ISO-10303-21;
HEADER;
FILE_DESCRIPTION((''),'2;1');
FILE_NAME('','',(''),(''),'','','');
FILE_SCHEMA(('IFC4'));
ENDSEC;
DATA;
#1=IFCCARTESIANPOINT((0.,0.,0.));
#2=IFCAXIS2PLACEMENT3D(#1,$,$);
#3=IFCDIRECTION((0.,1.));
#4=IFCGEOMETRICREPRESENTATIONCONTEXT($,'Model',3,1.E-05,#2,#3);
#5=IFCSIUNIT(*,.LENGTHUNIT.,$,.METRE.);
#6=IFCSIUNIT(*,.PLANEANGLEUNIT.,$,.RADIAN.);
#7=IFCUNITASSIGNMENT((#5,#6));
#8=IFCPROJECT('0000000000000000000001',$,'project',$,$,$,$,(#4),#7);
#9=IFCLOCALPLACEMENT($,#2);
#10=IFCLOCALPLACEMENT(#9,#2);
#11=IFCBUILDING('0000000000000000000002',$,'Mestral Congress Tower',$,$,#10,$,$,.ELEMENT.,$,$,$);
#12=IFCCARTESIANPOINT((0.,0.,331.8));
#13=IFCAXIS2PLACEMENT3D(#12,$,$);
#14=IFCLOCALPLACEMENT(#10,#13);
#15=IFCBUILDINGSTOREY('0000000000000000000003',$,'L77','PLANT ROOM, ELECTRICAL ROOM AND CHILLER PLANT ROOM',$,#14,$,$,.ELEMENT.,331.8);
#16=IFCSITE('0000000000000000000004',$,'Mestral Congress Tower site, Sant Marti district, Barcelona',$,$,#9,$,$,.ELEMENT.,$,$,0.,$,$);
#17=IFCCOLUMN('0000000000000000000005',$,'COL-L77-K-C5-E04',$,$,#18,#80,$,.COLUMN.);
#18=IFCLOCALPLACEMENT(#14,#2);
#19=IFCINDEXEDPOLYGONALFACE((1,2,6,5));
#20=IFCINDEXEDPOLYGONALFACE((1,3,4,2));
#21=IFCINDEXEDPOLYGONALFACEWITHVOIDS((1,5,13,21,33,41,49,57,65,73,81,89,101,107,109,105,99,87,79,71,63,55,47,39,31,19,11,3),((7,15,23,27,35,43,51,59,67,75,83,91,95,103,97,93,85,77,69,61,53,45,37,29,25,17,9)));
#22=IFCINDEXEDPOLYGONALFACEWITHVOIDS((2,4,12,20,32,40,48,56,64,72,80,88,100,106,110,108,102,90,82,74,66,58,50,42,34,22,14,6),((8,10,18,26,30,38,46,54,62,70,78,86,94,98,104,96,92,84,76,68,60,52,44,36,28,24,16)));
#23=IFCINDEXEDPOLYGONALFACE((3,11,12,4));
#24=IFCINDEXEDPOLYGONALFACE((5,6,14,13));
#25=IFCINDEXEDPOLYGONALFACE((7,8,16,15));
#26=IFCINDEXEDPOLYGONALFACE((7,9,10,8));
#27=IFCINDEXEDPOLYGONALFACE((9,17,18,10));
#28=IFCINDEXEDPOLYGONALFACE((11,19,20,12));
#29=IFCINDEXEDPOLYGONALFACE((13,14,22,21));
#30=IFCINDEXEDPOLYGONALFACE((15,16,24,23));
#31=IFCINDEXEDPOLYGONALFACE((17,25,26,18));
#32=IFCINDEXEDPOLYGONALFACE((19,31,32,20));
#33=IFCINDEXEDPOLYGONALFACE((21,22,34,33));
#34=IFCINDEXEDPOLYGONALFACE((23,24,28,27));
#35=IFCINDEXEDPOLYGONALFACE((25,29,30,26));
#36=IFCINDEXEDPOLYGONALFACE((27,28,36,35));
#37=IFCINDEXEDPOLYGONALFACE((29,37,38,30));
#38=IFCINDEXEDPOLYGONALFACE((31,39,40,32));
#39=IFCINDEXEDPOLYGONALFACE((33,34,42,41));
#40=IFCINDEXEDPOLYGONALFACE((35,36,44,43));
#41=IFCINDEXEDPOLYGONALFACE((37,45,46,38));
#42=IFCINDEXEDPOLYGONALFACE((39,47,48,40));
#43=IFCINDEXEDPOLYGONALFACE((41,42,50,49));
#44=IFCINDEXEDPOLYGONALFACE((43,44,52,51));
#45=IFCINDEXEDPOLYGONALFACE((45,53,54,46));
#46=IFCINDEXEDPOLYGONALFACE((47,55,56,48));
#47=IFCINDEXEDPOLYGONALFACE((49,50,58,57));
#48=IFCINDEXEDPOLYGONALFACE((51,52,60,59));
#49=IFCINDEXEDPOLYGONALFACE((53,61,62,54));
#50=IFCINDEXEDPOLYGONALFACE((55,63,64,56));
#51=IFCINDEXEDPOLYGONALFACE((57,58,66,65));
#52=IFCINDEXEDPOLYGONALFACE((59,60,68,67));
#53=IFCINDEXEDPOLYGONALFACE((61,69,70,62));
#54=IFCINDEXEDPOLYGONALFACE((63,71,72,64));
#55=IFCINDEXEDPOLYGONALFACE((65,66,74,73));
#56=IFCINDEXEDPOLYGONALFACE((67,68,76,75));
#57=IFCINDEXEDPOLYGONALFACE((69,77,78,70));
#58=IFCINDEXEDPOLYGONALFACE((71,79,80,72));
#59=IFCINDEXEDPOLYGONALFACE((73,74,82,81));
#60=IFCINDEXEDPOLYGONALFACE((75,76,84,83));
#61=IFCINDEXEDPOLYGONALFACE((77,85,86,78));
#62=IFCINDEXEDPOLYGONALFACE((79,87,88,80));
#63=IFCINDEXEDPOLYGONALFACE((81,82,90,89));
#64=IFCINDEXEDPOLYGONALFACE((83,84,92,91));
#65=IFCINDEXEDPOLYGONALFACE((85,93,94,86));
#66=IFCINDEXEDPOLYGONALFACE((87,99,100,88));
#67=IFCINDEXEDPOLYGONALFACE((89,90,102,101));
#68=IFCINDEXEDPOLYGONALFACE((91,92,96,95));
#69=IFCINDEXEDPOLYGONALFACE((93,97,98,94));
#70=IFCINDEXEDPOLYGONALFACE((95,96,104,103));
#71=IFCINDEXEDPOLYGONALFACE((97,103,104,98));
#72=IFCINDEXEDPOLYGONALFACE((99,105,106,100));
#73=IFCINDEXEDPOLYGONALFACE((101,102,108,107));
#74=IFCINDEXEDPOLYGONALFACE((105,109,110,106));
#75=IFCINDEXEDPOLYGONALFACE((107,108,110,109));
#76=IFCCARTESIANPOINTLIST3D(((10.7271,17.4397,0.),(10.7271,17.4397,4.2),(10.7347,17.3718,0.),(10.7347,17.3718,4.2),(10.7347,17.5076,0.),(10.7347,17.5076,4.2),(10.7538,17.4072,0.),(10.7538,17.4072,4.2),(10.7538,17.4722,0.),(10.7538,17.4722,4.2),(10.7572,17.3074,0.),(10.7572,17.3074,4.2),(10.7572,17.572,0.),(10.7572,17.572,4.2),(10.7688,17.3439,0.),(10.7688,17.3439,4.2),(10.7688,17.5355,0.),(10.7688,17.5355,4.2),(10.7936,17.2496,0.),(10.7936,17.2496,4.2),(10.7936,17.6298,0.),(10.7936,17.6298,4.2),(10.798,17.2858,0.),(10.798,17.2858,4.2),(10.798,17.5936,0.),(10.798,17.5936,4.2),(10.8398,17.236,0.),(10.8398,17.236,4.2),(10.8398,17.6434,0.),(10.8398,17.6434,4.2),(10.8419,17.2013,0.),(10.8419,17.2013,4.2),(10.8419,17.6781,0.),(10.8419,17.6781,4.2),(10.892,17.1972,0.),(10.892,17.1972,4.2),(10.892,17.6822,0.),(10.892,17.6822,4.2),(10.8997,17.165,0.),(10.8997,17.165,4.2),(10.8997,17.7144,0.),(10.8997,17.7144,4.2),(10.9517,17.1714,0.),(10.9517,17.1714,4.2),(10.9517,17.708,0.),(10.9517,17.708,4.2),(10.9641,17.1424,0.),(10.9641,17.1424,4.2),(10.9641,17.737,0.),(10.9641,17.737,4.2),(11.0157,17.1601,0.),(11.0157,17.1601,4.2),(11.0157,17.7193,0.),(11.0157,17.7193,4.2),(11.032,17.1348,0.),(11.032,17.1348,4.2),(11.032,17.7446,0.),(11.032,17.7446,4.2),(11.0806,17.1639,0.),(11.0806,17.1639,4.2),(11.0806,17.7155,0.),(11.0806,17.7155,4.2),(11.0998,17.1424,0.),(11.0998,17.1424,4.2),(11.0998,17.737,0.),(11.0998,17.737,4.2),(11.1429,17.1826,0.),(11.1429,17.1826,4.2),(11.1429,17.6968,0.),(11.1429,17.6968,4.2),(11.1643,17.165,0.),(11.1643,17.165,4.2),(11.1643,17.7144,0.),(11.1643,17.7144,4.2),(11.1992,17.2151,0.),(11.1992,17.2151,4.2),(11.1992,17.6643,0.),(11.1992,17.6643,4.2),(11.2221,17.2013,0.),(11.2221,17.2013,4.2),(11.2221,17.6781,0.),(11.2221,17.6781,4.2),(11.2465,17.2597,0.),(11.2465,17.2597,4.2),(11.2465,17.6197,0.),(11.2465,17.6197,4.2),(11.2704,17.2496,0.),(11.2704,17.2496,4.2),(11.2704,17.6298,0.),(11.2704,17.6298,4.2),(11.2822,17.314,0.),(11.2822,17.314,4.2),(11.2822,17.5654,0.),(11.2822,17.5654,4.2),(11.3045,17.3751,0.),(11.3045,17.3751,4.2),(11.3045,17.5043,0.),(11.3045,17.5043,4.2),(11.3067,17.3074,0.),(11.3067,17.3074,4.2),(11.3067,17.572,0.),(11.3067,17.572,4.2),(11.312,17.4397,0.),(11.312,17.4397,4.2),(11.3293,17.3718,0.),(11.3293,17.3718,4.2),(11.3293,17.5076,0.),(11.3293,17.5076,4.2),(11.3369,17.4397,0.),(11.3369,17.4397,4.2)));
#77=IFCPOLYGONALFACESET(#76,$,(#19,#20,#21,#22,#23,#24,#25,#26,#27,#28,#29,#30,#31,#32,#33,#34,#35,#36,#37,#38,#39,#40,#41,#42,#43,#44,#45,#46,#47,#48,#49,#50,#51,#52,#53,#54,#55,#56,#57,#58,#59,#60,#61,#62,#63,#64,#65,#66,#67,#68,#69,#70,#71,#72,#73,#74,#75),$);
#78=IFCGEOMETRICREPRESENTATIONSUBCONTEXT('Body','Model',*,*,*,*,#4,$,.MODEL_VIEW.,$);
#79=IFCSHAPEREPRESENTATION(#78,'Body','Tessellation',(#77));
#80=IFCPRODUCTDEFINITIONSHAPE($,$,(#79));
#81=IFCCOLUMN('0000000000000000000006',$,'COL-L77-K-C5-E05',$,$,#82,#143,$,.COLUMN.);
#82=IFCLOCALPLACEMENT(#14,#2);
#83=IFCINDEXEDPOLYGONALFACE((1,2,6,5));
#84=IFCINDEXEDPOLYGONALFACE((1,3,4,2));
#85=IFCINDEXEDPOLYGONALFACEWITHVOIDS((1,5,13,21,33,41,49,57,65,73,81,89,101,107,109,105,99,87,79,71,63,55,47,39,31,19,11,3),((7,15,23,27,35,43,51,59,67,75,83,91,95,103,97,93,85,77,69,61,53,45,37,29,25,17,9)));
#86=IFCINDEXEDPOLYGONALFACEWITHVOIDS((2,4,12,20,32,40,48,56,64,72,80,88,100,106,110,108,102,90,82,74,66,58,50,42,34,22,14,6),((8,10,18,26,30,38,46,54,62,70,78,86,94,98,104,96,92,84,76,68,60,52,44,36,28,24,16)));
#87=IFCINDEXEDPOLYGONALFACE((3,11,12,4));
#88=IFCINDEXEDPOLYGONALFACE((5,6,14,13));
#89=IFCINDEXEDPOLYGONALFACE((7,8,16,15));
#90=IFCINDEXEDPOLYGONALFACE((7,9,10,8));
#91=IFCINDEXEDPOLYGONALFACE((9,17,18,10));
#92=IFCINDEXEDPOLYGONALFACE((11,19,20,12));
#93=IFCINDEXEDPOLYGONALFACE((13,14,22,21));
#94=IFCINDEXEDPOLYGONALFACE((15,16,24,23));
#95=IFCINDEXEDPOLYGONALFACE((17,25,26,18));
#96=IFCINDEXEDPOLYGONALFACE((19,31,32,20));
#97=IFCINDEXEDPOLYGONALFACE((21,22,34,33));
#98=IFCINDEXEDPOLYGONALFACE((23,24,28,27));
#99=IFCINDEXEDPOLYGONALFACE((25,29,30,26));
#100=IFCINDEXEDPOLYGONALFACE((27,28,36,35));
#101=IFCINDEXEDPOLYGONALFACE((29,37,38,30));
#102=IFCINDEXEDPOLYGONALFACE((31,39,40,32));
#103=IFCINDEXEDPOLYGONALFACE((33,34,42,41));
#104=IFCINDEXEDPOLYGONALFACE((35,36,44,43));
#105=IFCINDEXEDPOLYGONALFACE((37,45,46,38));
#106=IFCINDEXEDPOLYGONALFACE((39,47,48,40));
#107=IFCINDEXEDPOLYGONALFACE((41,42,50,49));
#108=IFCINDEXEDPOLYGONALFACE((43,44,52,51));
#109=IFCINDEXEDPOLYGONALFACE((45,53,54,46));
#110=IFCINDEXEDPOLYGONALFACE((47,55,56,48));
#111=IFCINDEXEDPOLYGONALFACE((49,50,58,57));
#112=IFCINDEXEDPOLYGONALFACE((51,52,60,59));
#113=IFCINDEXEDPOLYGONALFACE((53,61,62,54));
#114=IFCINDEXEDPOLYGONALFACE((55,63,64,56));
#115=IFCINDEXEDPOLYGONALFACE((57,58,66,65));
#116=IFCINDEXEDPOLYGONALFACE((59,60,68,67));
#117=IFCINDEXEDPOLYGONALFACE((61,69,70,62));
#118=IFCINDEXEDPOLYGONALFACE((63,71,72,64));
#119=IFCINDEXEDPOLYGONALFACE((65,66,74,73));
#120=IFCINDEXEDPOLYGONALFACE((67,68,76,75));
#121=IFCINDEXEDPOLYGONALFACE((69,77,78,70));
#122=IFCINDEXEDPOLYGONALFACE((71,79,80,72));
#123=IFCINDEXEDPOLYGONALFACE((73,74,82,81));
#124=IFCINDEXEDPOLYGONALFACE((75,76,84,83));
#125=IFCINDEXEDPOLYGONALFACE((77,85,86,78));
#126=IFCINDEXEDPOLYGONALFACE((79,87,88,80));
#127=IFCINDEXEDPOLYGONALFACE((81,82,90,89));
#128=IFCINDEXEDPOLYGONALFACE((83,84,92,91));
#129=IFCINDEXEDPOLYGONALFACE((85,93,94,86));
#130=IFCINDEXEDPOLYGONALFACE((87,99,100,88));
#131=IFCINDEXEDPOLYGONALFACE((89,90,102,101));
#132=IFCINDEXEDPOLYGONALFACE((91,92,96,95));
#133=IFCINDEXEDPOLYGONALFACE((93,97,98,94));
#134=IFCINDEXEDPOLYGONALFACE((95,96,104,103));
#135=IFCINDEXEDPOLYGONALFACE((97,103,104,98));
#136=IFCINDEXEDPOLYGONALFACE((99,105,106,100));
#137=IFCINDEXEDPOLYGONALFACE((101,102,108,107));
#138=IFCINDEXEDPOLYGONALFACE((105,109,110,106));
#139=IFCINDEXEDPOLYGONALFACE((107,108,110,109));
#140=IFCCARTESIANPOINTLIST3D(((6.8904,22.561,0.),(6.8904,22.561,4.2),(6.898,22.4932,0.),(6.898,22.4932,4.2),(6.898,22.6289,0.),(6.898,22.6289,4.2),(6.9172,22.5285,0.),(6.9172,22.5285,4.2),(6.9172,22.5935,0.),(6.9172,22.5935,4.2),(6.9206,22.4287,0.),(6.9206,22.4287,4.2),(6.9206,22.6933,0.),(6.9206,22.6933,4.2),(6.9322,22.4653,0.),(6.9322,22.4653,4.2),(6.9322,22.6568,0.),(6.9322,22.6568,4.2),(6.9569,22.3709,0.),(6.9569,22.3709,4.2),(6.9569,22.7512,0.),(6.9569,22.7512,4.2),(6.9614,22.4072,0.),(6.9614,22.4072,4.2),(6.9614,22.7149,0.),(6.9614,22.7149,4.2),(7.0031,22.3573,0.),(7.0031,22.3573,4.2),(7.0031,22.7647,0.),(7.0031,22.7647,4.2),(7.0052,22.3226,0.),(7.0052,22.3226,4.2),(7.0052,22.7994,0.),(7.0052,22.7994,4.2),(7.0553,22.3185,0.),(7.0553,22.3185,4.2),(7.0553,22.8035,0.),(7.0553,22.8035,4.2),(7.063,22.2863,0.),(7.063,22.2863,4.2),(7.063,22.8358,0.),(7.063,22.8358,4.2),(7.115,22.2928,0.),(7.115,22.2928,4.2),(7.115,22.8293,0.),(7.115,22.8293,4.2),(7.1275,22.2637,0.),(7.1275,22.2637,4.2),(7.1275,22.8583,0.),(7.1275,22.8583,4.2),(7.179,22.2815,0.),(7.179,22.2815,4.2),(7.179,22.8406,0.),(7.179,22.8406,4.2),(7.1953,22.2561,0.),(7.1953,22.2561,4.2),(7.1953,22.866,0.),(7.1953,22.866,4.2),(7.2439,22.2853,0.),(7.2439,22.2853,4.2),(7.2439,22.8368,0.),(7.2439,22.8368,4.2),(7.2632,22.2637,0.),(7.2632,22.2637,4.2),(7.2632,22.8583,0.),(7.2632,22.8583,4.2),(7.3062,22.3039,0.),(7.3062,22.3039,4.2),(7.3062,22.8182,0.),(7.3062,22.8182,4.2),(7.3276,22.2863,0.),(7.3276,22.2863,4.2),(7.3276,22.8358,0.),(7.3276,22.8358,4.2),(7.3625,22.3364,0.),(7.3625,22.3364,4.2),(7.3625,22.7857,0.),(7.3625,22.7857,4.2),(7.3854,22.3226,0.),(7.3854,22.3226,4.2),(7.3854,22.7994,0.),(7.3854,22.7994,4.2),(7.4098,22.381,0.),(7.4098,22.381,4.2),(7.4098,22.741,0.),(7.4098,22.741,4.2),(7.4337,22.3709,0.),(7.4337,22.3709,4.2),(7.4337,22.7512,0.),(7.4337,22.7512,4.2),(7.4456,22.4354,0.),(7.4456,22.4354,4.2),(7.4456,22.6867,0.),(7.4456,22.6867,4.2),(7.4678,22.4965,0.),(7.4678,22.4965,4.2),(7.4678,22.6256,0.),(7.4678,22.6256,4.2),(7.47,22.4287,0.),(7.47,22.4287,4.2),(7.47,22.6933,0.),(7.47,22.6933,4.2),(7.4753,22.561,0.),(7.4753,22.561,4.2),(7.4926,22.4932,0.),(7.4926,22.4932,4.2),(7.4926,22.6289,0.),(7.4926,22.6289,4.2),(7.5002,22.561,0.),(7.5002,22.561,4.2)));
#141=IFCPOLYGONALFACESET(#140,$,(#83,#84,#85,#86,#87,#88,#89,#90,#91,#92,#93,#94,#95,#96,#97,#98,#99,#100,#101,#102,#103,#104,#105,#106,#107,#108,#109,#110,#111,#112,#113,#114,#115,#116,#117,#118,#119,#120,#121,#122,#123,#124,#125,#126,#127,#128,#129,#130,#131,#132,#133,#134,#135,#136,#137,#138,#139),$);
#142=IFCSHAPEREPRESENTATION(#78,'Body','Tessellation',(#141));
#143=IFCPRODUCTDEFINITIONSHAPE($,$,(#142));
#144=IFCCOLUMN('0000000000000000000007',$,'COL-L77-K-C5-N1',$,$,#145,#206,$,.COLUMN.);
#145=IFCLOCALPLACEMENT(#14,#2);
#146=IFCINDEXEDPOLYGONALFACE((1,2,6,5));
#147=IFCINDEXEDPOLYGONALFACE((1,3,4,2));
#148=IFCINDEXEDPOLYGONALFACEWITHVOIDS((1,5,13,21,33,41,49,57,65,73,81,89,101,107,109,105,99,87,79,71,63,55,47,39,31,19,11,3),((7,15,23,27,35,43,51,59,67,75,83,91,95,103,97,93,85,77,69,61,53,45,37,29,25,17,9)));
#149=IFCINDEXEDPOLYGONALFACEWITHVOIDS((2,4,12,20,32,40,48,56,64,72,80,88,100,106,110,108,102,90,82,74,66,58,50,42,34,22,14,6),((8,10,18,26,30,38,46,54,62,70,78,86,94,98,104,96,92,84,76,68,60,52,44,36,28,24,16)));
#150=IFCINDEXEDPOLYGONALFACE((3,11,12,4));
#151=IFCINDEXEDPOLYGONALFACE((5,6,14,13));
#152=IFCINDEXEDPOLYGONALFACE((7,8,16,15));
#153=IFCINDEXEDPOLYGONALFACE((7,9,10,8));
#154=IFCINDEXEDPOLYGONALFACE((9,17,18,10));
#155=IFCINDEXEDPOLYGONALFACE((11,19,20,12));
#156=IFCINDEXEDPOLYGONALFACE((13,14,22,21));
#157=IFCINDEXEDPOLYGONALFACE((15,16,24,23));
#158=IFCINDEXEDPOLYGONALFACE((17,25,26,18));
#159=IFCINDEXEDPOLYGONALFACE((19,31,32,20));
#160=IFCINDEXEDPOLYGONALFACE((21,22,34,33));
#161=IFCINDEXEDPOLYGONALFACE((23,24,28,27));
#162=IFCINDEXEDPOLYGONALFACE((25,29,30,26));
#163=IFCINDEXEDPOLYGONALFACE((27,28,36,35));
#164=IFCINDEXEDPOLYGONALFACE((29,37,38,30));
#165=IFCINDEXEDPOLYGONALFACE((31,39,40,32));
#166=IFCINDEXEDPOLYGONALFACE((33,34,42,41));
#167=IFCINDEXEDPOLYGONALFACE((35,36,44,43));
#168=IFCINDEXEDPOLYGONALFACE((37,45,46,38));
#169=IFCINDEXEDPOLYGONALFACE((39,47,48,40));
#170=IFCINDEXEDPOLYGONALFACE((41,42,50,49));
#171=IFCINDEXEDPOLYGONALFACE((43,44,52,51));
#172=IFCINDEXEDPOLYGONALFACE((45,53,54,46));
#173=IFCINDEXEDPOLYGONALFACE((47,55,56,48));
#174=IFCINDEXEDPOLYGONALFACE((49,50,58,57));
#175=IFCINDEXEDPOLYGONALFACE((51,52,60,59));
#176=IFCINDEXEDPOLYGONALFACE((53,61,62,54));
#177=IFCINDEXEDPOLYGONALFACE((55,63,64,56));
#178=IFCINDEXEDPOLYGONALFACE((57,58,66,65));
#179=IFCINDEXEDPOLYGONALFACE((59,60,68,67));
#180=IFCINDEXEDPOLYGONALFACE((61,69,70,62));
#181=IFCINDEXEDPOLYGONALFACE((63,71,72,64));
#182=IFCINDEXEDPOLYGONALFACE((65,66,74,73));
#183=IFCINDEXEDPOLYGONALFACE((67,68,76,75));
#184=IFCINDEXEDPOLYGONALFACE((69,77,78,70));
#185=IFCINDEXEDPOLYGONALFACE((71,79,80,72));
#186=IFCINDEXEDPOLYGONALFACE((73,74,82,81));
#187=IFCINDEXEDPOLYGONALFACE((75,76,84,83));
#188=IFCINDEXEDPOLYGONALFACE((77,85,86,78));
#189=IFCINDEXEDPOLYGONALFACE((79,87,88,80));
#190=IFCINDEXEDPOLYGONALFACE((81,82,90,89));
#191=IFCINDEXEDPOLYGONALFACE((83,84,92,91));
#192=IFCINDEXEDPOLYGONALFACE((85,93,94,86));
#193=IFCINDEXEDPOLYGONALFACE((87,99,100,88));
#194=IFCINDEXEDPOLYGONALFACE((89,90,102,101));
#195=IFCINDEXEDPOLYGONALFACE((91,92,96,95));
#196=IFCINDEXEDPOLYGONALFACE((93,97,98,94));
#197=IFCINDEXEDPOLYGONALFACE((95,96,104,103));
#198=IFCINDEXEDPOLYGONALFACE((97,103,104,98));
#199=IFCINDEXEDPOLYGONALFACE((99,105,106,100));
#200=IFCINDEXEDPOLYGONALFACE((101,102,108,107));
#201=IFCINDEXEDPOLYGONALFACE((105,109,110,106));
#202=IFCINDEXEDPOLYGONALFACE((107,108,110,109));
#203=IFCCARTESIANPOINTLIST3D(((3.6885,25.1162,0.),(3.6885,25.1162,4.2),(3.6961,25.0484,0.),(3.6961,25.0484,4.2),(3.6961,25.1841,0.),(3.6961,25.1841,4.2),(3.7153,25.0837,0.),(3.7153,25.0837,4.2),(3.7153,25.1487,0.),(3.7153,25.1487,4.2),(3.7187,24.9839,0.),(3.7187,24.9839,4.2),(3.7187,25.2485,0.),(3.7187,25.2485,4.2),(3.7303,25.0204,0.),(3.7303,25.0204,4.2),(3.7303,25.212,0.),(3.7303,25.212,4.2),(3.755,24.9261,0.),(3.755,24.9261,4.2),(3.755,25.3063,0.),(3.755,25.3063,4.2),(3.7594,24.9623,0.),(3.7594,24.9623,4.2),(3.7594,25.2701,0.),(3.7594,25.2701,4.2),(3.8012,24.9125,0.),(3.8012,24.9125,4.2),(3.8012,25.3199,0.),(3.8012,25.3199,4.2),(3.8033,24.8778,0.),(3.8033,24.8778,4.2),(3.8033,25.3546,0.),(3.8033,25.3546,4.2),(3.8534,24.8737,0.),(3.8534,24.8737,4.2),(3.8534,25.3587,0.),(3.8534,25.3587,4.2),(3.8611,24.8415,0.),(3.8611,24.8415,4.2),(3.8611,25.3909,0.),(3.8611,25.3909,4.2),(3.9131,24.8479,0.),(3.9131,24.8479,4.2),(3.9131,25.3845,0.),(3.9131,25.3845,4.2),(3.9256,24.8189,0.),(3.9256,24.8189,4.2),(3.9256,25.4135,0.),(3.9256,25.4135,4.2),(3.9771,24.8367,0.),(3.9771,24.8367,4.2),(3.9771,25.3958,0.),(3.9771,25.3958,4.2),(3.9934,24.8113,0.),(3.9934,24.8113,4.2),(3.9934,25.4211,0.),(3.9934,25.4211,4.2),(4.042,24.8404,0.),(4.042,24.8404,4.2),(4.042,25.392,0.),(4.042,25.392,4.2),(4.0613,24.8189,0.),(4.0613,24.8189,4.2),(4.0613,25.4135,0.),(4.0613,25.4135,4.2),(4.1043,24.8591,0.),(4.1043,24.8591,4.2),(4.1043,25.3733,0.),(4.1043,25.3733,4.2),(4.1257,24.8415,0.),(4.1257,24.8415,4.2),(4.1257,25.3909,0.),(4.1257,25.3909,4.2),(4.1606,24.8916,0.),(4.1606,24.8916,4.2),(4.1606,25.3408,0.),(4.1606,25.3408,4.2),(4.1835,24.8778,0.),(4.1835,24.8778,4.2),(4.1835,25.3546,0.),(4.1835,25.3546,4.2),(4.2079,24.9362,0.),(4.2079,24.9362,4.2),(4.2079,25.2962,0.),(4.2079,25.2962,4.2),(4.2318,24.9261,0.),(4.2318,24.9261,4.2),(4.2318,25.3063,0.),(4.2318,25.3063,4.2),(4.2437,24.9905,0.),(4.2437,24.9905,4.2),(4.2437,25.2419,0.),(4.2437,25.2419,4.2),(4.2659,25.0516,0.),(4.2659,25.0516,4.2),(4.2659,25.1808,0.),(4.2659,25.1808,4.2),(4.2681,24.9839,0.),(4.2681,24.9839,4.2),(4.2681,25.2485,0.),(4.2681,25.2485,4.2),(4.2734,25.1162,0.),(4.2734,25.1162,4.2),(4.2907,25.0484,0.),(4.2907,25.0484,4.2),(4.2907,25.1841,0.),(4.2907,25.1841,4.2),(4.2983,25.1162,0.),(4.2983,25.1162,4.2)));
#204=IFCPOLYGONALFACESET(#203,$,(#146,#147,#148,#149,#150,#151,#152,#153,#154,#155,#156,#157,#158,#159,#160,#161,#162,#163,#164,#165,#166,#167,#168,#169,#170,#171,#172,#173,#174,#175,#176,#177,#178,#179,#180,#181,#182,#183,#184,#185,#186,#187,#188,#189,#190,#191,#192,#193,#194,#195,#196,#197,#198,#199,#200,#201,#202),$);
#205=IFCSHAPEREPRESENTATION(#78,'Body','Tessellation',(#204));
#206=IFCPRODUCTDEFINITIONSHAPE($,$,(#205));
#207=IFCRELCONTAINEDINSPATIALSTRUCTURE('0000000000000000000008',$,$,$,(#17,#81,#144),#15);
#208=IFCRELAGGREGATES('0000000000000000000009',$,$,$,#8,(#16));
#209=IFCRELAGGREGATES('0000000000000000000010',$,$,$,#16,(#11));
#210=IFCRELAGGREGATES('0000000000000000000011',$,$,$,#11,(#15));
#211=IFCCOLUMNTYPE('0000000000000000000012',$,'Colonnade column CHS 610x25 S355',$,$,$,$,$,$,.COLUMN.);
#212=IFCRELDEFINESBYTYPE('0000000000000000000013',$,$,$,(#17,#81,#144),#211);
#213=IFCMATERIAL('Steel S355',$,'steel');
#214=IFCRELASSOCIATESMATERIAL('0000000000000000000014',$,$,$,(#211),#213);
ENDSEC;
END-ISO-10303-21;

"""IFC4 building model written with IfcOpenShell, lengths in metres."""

from ifc_helpers import new_model, si_unit, direction, frame, origin, origin_2d, place, context, subcontext, project, spatial, hollow_circle, extrude, material, material_profile, profile_set, type_object, element, save


model = new_model("IFC4")

# Units and contexts
model_context = context("Model", 3, precision=1e-05, world=origin(), true_north=direction((0.0, 1.0)))
body_context = subcontext(model_context, "Body", "Model", "MODEL_VIEW")
ifc_project = project(units=[si_unit("LENGTHUNIT", "METRE"), si_unit("PLANEANGLEUNIT", "RADIAN")], contexts=[model_context])

# Site, building, storey
site_placement = place(None, origin())
site = spatial("IfcSite", under=ifc_project, at=site_placement, Name="Mestral Congress Tower site, Sant Marti district, Barcelona", CompositionType="ELEMENT", RefElevation=0.0)
building_placement = place(site_placement, origin())
building = spatial("IfcBuilding", under=site, at=building_placement, Name="Mestral Congress Tower", CompositionType="ELEMENT")
storey_placement = place(building_placement, frame((0.0, 0.0, 331.8)))
storey = spatial("IfcBuildingStorey", under=building, at=storey_placement, Name="L77", Description="PLANT ROOM, ELECTRICAL ROOM AND CHILLER PLANT ROOM", CompositionType="ELEMENT", Elevation=331.8)

# Columns
ifc_material_1 = material(Name="Steel S355", Category="steel")
ifc_material_profile_1 = material_profile(ifc_material_1, hollow_circle(Radius=0.3049, WallThickness=0.0249, at=origin_2d()), Name="CHS 610x25")
ifc_profile_set_1 = profile_set([ifc_material_profile_1], Name="Steel S355")
column_type = type_object("IfcColumnType", Name="Colonnade column CHS 610x25 S355", PredefinedType="COLUMN", material=ifc_profile_set_1)
for number, where, z_axis, x_axis, name in (
    (1, (11.032, 17.4397, 0.0), (0.0, 0.0, 1.0), (1.0, 0.0, 0.0), "COL-L77-K-C5-E04"),
    (2, (7.1953, 22.561, 0.0), (0.0, 0.0, 1.0), (1.0, 0.0, 0.0), "COL-L77-K-C5-E05"),
    (3, (3.9934, 25.1162, 0.0), (0.0, 0.0, 1.0), (1.0, 0.0, 0.0), "COL-L77-K-C5-N1"),
):
    element("IfcColumn", number, at=place(storey_placement, frame(where, z_axis=z_axis, x_axis=x_axis)), inside=storey, type_object=column_type, Name=name, PredefinedType="COLUMN", context=body_context, shape_type="SweptSolid", body=[
        extrude(hollow_circle(Radius=0.3049, WallThickness=0.0249, at=origin_2d()), origin(), (0.0, 0.0, 1.0), 4.2),
    ])

save(model, "model.ifc")
